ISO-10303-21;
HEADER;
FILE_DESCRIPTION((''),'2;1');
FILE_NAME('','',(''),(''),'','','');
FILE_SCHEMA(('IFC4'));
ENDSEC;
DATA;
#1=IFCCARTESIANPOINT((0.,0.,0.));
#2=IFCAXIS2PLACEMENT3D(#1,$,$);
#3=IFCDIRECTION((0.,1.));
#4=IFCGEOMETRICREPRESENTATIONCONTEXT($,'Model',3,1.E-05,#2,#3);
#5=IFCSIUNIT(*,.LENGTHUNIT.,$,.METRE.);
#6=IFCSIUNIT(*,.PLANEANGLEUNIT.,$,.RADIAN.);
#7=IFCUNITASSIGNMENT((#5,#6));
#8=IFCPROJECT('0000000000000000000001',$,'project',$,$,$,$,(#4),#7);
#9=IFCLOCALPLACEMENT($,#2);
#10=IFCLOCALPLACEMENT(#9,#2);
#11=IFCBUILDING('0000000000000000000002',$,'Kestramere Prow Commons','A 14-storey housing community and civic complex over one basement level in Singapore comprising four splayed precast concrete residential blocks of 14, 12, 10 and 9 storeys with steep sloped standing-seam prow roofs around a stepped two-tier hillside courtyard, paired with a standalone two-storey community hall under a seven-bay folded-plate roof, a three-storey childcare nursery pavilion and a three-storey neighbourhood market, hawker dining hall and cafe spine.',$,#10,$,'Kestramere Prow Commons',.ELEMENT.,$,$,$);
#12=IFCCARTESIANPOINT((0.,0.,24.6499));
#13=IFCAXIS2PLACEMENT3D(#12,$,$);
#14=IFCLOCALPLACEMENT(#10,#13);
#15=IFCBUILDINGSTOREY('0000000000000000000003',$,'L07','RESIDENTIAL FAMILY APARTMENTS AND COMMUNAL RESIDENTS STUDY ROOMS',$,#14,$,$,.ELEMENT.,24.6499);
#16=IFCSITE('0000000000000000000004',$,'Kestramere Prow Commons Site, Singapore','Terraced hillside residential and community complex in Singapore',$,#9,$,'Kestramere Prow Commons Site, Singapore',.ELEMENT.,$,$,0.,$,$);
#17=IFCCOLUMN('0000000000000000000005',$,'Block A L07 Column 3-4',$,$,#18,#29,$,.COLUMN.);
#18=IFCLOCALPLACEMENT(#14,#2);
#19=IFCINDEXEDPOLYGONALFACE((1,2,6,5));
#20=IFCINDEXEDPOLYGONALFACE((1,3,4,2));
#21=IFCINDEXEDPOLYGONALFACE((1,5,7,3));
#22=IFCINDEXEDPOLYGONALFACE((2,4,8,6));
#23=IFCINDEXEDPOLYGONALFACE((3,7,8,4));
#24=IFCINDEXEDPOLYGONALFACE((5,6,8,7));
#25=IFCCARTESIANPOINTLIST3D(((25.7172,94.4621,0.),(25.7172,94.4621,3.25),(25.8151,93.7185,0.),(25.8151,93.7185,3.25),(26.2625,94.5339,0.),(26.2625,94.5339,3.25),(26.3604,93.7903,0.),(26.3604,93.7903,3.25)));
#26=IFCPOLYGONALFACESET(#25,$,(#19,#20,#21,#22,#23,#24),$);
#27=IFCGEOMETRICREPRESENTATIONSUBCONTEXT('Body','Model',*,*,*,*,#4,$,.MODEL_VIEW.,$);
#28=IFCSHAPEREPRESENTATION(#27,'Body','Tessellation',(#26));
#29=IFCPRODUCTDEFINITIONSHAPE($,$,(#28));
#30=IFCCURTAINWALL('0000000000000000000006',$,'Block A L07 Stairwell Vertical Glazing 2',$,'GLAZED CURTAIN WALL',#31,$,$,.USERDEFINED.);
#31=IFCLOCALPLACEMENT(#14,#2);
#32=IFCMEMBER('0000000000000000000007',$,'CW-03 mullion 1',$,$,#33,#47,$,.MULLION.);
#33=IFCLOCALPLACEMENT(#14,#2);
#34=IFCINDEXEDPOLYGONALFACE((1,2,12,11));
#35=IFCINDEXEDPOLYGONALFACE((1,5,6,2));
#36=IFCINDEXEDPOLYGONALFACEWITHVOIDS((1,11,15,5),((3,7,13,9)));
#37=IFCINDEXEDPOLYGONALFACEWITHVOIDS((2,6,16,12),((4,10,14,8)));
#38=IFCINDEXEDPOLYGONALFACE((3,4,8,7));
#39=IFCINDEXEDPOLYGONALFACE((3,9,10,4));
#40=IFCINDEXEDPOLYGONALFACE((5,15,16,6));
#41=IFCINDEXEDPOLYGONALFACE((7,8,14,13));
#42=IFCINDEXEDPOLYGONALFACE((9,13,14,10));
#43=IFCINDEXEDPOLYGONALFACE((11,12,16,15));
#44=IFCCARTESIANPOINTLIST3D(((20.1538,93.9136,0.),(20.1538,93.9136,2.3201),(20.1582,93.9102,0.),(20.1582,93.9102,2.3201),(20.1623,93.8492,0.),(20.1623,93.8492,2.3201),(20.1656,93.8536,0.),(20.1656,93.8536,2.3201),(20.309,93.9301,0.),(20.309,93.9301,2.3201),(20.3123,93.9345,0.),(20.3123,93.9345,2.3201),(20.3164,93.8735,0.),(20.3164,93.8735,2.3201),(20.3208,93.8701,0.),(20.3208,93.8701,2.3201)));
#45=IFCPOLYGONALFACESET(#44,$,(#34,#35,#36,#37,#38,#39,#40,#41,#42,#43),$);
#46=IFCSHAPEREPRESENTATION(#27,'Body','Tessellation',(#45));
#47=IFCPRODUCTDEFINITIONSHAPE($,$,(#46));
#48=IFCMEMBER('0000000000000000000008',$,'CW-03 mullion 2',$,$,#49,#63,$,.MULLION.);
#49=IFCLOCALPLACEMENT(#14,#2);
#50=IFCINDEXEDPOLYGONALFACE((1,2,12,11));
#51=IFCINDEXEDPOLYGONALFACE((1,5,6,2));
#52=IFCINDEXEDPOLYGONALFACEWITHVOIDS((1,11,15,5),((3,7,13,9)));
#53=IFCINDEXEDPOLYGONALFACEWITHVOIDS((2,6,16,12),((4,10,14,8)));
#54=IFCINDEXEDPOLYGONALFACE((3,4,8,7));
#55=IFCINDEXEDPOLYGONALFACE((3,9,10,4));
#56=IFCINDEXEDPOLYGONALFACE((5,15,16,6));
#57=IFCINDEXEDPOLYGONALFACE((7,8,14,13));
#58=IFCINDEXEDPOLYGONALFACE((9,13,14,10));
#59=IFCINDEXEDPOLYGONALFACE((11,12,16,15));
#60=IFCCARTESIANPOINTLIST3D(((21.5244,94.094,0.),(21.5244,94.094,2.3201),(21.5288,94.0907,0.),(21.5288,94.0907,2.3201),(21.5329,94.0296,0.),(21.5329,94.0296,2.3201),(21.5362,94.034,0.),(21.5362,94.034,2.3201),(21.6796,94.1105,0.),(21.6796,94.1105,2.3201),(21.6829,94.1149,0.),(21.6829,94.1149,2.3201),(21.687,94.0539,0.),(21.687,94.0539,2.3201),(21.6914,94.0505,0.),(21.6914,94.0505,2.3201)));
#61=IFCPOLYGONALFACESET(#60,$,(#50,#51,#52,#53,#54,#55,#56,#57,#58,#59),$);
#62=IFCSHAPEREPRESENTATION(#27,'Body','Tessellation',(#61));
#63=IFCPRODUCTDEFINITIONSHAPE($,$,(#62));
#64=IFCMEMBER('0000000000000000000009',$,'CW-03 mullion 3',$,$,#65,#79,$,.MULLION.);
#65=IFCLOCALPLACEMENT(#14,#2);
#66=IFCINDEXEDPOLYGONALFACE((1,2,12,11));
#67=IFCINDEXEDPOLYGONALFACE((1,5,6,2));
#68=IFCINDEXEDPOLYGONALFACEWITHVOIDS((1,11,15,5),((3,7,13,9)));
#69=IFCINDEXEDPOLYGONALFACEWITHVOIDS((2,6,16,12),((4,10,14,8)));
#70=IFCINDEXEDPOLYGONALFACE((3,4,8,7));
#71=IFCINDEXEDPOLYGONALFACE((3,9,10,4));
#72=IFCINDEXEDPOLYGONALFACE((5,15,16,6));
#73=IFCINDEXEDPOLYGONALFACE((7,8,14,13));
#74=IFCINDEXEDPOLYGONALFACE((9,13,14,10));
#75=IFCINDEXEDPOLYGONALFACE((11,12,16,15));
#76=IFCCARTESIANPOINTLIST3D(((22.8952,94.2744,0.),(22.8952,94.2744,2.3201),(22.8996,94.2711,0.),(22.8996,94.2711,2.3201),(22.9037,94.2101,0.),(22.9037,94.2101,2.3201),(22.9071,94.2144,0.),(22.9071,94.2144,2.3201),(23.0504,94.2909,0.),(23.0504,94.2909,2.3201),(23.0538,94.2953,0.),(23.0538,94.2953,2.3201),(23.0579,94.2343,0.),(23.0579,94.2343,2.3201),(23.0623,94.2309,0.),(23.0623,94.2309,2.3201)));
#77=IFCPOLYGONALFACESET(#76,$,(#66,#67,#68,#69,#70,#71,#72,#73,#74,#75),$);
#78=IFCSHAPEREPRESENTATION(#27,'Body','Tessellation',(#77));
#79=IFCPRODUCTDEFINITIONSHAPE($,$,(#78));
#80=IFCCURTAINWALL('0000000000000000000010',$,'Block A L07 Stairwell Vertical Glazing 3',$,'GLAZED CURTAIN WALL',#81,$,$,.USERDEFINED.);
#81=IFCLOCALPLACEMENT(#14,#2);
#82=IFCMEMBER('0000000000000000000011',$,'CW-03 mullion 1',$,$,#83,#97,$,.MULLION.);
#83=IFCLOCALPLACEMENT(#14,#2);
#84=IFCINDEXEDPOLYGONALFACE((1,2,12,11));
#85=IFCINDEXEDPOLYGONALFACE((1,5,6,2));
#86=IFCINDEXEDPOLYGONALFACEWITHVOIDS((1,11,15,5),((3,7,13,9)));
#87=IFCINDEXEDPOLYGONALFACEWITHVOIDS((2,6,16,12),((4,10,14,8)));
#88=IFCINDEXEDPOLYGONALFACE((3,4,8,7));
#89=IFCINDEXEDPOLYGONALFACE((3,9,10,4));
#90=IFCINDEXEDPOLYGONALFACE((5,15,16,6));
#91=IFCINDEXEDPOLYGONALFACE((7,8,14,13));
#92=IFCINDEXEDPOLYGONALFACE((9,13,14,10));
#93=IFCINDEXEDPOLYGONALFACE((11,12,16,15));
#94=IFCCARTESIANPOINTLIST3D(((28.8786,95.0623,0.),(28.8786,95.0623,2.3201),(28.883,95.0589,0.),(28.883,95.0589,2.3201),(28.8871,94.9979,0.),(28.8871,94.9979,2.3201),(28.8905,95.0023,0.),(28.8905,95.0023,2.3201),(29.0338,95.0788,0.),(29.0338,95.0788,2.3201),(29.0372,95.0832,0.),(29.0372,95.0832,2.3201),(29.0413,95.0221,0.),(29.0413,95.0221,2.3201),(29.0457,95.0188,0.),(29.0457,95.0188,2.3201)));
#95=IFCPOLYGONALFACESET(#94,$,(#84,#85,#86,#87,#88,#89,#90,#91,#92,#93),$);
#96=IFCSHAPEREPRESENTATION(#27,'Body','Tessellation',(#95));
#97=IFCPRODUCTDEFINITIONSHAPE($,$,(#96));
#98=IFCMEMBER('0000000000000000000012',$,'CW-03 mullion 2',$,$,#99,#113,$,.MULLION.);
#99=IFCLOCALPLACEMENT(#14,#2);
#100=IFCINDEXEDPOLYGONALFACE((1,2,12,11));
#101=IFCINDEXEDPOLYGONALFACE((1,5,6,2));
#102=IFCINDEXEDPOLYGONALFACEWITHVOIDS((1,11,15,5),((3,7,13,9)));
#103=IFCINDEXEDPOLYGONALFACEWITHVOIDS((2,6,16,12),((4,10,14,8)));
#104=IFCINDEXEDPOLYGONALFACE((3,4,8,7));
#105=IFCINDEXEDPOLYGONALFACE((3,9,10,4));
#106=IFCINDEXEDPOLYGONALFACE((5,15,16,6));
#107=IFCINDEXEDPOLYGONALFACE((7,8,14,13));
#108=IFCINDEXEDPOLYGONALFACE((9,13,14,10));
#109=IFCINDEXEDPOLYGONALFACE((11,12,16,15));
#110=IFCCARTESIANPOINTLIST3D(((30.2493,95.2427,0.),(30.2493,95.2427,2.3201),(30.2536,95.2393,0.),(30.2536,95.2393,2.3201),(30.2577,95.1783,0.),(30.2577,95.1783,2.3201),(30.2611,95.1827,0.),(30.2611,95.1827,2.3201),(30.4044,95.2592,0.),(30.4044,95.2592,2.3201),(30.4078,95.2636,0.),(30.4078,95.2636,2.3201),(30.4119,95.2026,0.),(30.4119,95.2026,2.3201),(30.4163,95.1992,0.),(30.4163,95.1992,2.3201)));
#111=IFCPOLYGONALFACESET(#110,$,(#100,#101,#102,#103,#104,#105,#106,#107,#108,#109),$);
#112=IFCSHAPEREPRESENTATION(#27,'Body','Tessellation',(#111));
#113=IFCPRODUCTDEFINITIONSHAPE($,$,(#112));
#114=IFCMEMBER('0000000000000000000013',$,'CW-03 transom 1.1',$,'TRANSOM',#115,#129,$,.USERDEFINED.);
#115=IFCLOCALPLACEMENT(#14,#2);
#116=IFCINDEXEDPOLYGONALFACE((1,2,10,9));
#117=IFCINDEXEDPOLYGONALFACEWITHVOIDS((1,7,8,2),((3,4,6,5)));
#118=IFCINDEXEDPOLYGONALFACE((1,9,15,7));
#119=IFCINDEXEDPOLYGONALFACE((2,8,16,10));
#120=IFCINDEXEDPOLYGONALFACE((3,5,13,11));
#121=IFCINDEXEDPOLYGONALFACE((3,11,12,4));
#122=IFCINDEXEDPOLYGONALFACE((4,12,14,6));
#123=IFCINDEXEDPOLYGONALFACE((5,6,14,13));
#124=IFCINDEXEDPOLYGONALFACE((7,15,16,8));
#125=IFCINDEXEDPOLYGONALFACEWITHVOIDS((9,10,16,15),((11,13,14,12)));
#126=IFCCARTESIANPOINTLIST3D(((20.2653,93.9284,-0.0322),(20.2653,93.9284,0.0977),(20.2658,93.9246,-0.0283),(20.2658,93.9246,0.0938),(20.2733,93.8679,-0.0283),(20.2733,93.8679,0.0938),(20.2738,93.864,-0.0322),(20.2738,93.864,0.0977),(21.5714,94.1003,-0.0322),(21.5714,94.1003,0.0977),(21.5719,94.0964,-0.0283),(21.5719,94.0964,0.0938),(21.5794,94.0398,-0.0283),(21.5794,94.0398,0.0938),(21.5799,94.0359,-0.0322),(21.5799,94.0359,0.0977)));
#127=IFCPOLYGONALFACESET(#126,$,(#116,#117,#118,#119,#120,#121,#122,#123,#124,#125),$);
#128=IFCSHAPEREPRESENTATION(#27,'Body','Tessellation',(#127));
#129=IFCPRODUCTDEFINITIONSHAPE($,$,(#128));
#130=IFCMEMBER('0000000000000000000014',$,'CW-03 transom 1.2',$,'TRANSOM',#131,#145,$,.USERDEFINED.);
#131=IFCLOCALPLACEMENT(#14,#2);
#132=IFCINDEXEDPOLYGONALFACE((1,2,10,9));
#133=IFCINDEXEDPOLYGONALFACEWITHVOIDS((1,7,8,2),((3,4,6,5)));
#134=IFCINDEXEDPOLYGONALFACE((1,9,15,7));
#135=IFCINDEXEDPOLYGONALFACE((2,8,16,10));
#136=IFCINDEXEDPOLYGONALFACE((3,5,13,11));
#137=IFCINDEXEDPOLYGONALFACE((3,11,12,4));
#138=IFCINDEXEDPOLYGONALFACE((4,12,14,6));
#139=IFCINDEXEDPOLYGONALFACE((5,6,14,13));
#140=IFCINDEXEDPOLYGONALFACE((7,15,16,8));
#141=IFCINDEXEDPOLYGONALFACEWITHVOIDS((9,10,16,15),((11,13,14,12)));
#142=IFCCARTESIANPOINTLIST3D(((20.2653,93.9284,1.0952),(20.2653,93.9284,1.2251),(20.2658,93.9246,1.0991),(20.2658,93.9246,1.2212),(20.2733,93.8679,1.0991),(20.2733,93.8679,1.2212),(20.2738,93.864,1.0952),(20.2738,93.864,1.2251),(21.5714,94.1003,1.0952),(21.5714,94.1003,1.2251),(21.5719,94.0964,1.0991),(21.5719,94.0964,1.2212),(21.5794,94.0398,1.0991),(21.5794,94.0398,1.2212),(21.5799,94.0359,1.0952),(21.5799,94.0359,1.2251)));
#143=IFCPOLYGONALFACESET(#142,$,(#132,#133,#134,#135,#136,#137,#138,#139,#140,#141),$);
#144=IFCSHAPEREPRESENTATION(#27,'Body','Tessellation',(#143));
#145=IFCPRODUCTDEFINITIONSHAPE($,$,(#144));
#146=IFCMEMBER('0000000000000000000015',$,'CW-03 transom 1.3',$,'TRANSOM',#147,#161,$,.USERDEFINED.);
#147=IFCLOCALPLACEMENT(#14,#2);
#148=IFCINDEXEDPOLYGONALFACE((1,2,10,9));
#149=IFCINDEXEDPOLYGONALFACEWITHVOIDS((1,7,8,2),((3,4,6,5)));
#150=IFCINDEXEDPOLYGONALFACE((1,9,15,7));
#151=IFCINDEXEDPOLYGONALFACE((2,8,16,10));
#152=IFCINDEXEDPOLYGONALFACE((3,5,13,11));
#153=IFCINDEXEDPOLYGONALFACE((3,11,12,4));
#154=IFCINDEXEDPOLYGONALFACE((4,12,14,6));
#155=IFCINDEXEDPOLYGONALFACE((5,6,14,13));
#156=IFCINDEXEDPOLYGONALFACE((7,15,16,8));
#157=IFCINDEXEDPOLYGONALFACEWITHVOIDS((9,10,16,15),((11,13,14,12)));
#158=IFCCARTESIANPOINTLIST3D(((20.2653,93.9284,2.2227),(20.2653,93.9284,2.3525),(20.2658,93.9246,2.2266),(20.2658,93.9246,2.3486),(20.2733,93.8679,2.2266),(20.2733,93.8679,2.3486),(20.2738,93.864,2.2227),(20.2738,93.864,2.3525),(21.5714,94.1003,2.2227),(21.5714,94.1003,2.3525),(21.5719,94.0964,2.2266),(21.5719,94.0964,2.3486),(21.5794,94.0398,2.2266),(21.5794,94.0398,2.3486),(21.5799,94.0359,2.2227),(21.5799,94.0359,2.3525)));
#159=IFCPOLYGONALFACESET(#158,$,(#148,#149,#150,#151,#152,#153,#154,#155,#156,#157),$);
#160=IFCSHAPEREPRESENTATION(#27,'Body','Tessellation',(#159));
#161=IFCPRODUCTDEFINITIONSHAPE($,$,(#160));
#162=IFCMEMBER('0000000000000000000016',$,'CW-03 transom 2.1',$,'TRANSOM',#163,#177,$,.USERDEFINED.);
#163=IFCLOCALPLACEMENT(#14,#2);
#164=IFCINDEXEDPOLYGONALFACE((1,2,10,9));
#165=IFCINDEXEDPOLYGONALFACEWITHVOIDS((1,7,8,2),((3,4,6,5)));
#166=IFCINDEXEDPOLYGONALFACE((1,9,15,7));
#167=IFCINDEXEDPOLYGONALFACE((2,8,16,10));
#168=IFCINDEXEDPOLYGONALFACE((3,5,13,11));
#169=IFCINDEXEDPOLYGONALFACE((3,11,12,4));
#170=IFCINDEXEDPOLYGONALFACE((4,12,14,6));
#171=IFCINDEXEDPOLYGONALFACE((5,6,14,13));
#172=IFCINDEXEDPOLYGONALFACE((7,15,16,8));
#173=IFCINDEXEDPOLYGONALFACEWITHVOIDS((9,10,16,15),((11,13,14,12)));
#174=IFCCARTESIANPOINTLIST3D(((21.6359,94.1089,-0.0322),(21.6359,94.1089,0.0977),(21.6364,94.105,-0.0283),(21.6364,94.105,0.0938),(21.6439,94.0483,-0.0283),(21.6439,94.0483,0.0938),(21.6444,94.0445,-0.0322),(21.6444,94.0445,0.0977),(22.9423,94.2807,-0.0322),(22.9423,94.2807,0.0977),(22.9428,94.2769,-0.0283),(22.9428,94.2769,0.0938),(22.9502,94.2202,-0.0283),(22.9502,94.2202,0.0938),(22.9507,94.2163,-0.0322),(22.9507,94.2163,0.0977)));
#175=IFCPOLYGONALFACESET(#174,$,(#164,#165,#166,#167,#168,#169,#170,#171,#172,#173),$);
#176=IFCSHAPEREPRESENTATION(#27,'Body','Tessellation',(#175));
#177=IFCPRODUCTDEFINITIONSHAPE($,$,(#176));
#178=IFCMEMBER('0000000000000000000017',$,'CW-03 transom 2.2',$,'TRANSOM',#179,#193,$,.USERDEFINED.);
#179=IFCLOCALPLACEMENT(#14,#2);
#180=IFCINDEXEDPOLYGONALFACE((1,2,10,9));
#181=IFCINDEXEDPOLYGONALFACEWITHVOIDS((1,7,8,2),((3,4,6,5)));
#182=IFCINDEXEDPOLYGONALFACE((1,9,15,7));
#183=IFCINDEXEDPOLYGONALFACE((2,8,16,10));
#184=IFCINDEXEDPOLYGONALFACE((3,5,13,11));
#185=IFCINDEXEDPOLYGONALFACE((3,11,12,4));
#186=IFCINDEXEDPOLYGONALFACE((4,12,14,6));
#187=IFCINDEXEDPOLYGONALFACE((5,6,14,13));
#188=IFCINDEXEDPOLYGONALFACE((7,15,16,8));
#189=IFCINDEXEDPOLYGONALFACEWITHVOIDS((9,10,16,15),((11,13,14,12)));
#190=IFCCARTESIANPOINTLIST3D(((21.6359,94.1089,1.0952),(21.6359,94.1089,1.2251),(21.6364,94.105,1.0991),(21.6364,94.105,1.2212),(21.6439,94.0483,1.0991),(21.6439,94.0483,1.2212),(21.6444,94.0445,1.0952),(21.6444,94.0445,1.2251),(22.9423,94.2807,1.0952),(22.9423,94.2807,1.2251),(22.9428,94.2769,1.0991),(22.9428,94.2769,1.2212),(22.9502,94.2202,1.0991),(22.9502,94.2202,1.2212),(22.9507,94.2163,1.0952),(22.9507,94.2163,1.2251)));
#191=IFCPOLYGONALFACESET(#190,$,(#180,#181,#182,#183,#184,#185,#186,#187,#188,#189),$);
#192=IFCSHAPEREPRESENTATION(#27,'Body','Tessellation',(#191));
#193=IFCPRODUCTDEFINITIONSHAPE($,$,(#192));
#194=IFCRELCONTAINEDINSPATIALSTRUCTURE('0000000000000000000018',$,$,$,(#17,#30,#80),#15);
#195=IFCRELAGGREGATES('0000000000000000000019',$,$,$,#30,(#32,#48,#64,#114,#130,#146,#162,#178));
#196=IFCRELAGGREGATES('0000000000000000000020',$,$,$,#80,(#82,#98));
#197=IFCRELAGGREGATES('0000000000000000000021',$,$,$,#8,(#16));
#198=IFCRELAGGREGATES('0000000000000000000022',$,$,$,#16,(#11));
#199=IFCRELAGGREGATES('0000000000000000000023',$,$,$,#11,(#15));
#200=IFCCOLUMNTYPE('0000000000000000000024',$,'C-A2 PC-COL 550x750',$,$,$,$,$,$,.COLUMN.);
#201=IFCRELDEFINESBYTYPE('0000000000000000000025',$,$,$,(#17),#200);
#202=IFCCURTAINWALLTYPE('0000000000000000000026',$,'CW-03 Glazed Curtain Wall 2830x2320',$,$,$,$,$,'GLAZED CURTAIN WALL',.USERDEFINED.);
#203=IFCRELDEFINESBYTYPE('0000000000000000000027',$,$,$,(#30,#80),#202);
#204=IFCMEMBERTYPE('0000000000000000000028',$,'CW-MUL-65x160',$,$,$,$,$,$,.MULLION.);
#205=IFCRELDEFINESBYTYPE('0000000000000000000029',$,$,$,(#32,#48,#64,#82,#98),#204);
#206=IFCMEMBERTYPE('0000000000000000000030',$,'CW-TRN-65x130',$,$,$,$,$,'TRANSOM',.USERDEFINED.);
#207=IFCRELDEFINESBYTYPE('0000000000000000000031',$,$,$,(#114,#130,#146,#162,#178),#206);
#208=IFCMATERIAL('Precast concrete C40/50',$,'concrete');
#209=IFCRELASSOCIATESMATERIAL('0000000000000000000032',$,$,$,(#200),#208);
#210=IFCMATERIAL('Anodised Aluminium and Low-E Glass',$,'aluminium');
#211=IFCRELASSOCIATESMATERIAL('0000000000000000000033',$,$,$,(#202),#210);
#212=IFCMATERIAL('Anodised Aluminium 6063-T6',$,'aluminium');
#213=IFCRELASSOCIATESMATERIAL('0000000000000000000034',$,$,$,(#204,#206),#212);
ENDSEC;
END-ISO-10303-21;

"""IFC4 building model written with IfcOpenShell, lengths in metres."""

from ifc_helpers import new_model, si_unit, direction, frame, origin, origin_2d, place, context, subcontext, project, spatial, rectangle, hollow_rectangle, extrude, material, material_profile, profile_set, type_object, element, aggregate, save


model = new_model("IFC4")

# Units and contexts
model_context = context("Model", 3, precision=1e-05, world=origin(), true_north=direction((0.0, 1.0)))
body_context = subcontext(model_context, "Body", "Model", "MODEL_VIEW")
ifc_project = project(units=[si_unit("LENGTHUNIT", "METRE"), si_unit("PLANEANGLEUNIT", "RADIAN")], contexts=[model_context])

# Site, building, storey
site_placement = place(None, origin())
site = spatial("IfcSite", under=ifc_project, at=site_placement, Name="Kestramere Prow Commons Site, Singapore", Description="Terraced hillside residential and community complex in Singapore", LongName="Kestramere Prow Commons Site, Singapore", CompositionType="ELEMENT", RefElevation=0.0)
building_placement = place(site_placement, origin())
building = spatial("IfcBuilding", under=site, at=building_placement, Name="Kestramere Prow Commons", Description="A 14-storey housing community and civic complex over one basement level in Singapore comprising four splayed precast concrete residential blocks of 14, 12, 10 and 9 storeys with steep sloped standing-seam prow roofs around a stepped two-tier hillside courtyard, paired with a standalone two-storey community hall under a seven-bay folded-plate roof, a three-storey childcare nursery pavilion and a three-storey neighbourhood market, hawker dining hall and cafe spine.", LongName="Kestramere Prow Commons", CompositionType="ELEMENT")
storey_placement = place(building_placement, frame((0.0, 0.0, 24.6499)))
storey = spatial("IfcBuildingStorey", under=building, at=storey_placement, Name="L07", Description="RESIDENTIAL FAMILY APARTMENTS AND COMMUNAL RESIDENTS STUDY ROOMS", CompositionType="ELEMENT", Elevation=24.6499)

# Column
ifc_material_1 = material(Name="Precast concrete C40/50", Category="concrete")
ifc_material_profile_1 = material_profile(ifc_material_1, rectangle(XDim=0.55, YDim=0.75, at=origin_2d()), Name="PC-COL 550x750")
ifc_profile_set_1 = profile_set([ifc_material_profile_1], Name="Precast concrete C40/50")
column_type = type_object("IfcColumnType", Name="C-A2 PC-COL 550x750", PredefinedType="COLUMN", material=ifc_profile_set_1)
column_placement = place(storey_placement, frame((26.0388, 94.1262, 0.0), z_axis=(0.0, 0.0, 1.0), x_axis=(0.991445, 0.130526, 0.0)))
element("IfcColumn", 1, at=column_placement, inside=storey, type_object=column_type, Name="Block A L07 Column 3-4", PredefinedType="COLUMN", context=body_context, shape_type="SweptSolid", body=[
    extrude(rectangle(XDim=0.55, YDim=0.75, at=origin_2d()), origin(), (0.0, 0.0, 1.0), 3.25),
])

# Curtain walls, members
ifc_material_2 = material(Name="Anodised Aluminium and Low-E Glass", Category="aluminium")
curtain_wall_type = type_object("IfcCurtainWallType", Name="CW-03 Glazed Curtain Wall 2830x2320", ElementType="GLAZED CURTAIN WALL", PredefinedType="USERDEFINED", material=ifc_material_2)
curtain_wall_1_placement = place(storey_placement, origin())
curtain_wall_1 = element("IfcCurtainWall", 2, at=curtain_wall_1_placement, inside=storey, type_object=curtain_wall_type, Name="Block A L07 Stairwell Vertical Glazing 2", ObjectType="GLAZED CURTAIN WALL", PredefinedType="USERDEFINED")
ifc_material_3 = material(Name="Anodised Aluminium 6063-T6", Category="aluminium")
ifc_material_profile_2 = material_profile(ifc_material_3, hollow_rectangle(XDim=0.0649, YDim=0.1599, WallThickness=0.0039, at=origin_2d()), Name="ALU-MUL 65x160")
ifc_profile_set_2 = profile_set([ifc_material_profile_2], Name="Anodised Aluminium 6063-T6")
member_type_1 = type_object("IfcMemberType", Name="CW-MUL-65x160", PredefinedType="MULLION", material=ifc_profile_set_2)
member_1_placement = place(storey_placement, frame((20.2373, 93.8918, 0.0), z_axis=(0.0, 0.0, 1.0), x_axis=(-0.130526, 0.991445, 0.0)))
member_1 = element("IfcMember", 3, at=member_1_placement, type_object=member_type_1, Name="CW-03 mullion 1", PredefinedType="MULLION", context=body_context, shape_type="SweptSolid", body=[
    extrude(hollow_rectangle(XDim=0.0649, YDim=0.1599, WallThickness=0.0039, at=origin_2d()), origin(), (0.0, 0.0, 1.0), 2.3201),
])
member_2_placement = place(storey_placement, frame((21.6079, 94.0723, 0.0), z_axis=(0.0, 0.0, 1.0), x_axis=(-0.130526, 0.991445, 0.0)))
member_2 = element("IfcMember", 4, at=member_2_placement, type_object=member_type_1, Name="CW-03 mullion 2", PredefinedType="MULLION", context=body_context, shape_type="SweptSolid", body=[
    extrude(hollow_rectangle(XDim=0.0649, YDim=0.1599, WallThickness=0.0039, at=origin_2d()), origin(), (0.0, 0.0, 1.0), 2.3201),
])
member_3_placement = place(storey_placement, frame((22.9788, 94.2527, 0.0), z_axis=(0.0, 0.0, 1.0), x_axis=(-0.130526, 0.991445, 0.0)))
member_3 = element("IfcMember", 5, at=member_3_placement, type_object=member_type_1, Name="CW-03 mullion 3", PredefinedType="MULLION", context=body_context, shape_type="SweptSolid", body=[
    extrude(hollow_rectangle(XDim=0.0649, YDim=0.1599, WallThickness=0.0039, at=origin_2d()), origin(), (0.0, 0.0, 1.0), 2.3201),
])
curtain_wall_2_placement = place(storey_placement, origin())
curtain_wall_2 = element("IfcCurtainWall", 6, at=curtain_wall_2_placement, inside=storey, type_object=curtain_wall_type, Name="Block A L07 Stairwell Vertical Glazing 3", ObjectType="GLAZED CURTAIN WALL", PredefinedType="USERDEFINED")
member_4_placement = place(storey_placement, frame((28.9622, 95.0405, 0.0), z_axis=(0.0, 0.0, 1.0), x_axis=(-0.130526, 0.991445, 0.0)))
member_4 = element("IfcMember", 7, at=member_4_placement, type_object=member_type_1, Name="CW-03 mullion 1", PredefinedType="MULLION", context=body_context, shape_type="SweptSolid", body=[
    extrude(hollow_rectangle(XDim=0.0649, YDim=0.1599, WallThickness=0.0039, at=origin_2d()), origin(), (0.0, 0.0, 1.0), 2.3201),
])
member_5_placement = place(storey_placement, frame((30.3328, 95.2209, 0.0), z_axis=(0.0, 0.0, 1.0), x_axis=(-0.130526, 0.991445, 0.0)))
member_5 = element("IfcMember", 8, at=member_5_placement, type_object=member_type_1, Name="CW-03 mullion 2", PredefinedType="MULLION", context=body_context, shape_type="SweptSolid", body=[
    extrude(hollow_rectangle(XDim=0.0649, YDim=0.1599, WallThickness=0.0039, at=origin_2d()), origin(), (0.0, 0.0, 1.0), 2.3201),
])

# Members
ifc_material_profile_3 = material_profile(ifc_material_3, hollow_rectangle(XDim=0.0649, YDim=0.1299, WallThickness=0.0039, at=origin_2d()), Name="ALU-TRN 65x130")
ifc_profile_set_3 = profile_set([ifc_material_profile_3], Name="Anodised Aluminium 6063-T6")
member_type_2 = type_object("IfcMemberType", Name="CW-TRN-65x130", ElementType="TRANSOM", PredefinedType="USERDEFINED", material=ifc_profile_set_3)
member_6_placement = place(storey_placement, frame((20.2695, 93.8962, 0.0327), z_axis=(0.991453, 0.130464, 0.0), x_axis=(-0.130464, 0.991453, 0.0)))
member_6 = element("IfcMember", 9, at=member_6_placement, type_object=member_type_2, Name="CW-03 transom 1.1", ObjectType="TRANSOM", PredefinedType="USERDEFINED", context=body_context, shape_type="SweptSolid", body=[
    extrude(hollow_rectangle(XDim=0.0649, YDim=0.1299, WallThickness=0.0039, at=origin_2d()), origin(), (0.0, 0.0, 1.0), 1.3174),
])
member_7_placement = place(storey_placement, frame((20.2695, 93.8962, 1.1602), z_axis=(0.991453, 0.130464, 0.0), x_axis=(-0.130464, 0.991453, 0.0)))
member_7 = element("IfcMember", 10, at=member_7_placement, type_object=member_type_2, Name="CW-03 transom 1.2", ObjectType="TRANSOM", PredefinedType="USERDEFINED", context=body_context, shape_type="SweptSolid", body=[
    extrude(hollow_rectangle(XDim=0.0649, YDim=0.1299, WallThickness=0.0039, at=origin_2d()), origin(), (0.0, 0.0, 1.0), 1.3174),
])
member_8_placement = place(storey_placement, frame((20.2695, 93.8962, 2.2876), z_axis=(0.991453, 0.130464, 0.0), x_axis=(-0.130464, 0.991453, 0.0)))
member_8 = element("IfcMember", 11, at=member_8_placement, type_object=member_type_2, Name="CW-03 transom 1.3", ObjectType="TRANSOM", PredefinedType="USERDEFINED", context=body_context, shape_type="SweptSolid", body=[
    extrude(hollow_rectangle(XDim=0.0649, YDim=0.1299, WallThickness=0.0039, at=origin_2d()), origin(), (0.0, 0.0, 1.0), 1.3174),
])
member_9_placement = place(storey_placement, frame((21.6401, 94.0767, 0.0327), z_axis=(0.991456, 0.13044, 0.0), x_axis=(-0.13044, 0.991456, 0.0)))
member_9 = element("IfcMember", 12, at=member_9_placement, type_object=member_type_2, Name="CW-03 transom 2.1", ObjectType="TRANSOM", PredefinedType="USERDEFINED", context=body_context, shape_type="SweptSolid", body=[
    extrude(hollow_rectangle(XDim=0.0649, YDim=0.1299, WallThickness=0.0039, at=origin_2d()), origin(), (0.0, 0.0, 1.0), 1.3176),
])
member_10_placement = place(storey_placement, frame((21.6401, 94.0767, 1.1602), z_axis=(0.991456, 0.13044, 0.0), x_axis=(-0.13044, 0.991456, 0.0)))
member_10 = element("IfcMember", 13, at=member_10_placement, type_object=member_type_2, Name="CW-03 transom 2.2", ObjectType="TRANSOM", PredefinedType="USERDEFINED", context=body_context, shape_type="SweptSolid", body=[
    extrude(hollow_rectangle(XDim=0.0649, YDim=0.1299, WallThickness=0.0039, at=origin_2d()), origin(), (0.0, 0.0, 1.0), 1.3176),
])

aggregate(curtain_wall_1, [member_1, member_2, member_3, member_6, member_7, member_8, member_9, member_10])
aggregate(curtain_wall_2, [member_4, member_5])

save(model, "model.ifc")
